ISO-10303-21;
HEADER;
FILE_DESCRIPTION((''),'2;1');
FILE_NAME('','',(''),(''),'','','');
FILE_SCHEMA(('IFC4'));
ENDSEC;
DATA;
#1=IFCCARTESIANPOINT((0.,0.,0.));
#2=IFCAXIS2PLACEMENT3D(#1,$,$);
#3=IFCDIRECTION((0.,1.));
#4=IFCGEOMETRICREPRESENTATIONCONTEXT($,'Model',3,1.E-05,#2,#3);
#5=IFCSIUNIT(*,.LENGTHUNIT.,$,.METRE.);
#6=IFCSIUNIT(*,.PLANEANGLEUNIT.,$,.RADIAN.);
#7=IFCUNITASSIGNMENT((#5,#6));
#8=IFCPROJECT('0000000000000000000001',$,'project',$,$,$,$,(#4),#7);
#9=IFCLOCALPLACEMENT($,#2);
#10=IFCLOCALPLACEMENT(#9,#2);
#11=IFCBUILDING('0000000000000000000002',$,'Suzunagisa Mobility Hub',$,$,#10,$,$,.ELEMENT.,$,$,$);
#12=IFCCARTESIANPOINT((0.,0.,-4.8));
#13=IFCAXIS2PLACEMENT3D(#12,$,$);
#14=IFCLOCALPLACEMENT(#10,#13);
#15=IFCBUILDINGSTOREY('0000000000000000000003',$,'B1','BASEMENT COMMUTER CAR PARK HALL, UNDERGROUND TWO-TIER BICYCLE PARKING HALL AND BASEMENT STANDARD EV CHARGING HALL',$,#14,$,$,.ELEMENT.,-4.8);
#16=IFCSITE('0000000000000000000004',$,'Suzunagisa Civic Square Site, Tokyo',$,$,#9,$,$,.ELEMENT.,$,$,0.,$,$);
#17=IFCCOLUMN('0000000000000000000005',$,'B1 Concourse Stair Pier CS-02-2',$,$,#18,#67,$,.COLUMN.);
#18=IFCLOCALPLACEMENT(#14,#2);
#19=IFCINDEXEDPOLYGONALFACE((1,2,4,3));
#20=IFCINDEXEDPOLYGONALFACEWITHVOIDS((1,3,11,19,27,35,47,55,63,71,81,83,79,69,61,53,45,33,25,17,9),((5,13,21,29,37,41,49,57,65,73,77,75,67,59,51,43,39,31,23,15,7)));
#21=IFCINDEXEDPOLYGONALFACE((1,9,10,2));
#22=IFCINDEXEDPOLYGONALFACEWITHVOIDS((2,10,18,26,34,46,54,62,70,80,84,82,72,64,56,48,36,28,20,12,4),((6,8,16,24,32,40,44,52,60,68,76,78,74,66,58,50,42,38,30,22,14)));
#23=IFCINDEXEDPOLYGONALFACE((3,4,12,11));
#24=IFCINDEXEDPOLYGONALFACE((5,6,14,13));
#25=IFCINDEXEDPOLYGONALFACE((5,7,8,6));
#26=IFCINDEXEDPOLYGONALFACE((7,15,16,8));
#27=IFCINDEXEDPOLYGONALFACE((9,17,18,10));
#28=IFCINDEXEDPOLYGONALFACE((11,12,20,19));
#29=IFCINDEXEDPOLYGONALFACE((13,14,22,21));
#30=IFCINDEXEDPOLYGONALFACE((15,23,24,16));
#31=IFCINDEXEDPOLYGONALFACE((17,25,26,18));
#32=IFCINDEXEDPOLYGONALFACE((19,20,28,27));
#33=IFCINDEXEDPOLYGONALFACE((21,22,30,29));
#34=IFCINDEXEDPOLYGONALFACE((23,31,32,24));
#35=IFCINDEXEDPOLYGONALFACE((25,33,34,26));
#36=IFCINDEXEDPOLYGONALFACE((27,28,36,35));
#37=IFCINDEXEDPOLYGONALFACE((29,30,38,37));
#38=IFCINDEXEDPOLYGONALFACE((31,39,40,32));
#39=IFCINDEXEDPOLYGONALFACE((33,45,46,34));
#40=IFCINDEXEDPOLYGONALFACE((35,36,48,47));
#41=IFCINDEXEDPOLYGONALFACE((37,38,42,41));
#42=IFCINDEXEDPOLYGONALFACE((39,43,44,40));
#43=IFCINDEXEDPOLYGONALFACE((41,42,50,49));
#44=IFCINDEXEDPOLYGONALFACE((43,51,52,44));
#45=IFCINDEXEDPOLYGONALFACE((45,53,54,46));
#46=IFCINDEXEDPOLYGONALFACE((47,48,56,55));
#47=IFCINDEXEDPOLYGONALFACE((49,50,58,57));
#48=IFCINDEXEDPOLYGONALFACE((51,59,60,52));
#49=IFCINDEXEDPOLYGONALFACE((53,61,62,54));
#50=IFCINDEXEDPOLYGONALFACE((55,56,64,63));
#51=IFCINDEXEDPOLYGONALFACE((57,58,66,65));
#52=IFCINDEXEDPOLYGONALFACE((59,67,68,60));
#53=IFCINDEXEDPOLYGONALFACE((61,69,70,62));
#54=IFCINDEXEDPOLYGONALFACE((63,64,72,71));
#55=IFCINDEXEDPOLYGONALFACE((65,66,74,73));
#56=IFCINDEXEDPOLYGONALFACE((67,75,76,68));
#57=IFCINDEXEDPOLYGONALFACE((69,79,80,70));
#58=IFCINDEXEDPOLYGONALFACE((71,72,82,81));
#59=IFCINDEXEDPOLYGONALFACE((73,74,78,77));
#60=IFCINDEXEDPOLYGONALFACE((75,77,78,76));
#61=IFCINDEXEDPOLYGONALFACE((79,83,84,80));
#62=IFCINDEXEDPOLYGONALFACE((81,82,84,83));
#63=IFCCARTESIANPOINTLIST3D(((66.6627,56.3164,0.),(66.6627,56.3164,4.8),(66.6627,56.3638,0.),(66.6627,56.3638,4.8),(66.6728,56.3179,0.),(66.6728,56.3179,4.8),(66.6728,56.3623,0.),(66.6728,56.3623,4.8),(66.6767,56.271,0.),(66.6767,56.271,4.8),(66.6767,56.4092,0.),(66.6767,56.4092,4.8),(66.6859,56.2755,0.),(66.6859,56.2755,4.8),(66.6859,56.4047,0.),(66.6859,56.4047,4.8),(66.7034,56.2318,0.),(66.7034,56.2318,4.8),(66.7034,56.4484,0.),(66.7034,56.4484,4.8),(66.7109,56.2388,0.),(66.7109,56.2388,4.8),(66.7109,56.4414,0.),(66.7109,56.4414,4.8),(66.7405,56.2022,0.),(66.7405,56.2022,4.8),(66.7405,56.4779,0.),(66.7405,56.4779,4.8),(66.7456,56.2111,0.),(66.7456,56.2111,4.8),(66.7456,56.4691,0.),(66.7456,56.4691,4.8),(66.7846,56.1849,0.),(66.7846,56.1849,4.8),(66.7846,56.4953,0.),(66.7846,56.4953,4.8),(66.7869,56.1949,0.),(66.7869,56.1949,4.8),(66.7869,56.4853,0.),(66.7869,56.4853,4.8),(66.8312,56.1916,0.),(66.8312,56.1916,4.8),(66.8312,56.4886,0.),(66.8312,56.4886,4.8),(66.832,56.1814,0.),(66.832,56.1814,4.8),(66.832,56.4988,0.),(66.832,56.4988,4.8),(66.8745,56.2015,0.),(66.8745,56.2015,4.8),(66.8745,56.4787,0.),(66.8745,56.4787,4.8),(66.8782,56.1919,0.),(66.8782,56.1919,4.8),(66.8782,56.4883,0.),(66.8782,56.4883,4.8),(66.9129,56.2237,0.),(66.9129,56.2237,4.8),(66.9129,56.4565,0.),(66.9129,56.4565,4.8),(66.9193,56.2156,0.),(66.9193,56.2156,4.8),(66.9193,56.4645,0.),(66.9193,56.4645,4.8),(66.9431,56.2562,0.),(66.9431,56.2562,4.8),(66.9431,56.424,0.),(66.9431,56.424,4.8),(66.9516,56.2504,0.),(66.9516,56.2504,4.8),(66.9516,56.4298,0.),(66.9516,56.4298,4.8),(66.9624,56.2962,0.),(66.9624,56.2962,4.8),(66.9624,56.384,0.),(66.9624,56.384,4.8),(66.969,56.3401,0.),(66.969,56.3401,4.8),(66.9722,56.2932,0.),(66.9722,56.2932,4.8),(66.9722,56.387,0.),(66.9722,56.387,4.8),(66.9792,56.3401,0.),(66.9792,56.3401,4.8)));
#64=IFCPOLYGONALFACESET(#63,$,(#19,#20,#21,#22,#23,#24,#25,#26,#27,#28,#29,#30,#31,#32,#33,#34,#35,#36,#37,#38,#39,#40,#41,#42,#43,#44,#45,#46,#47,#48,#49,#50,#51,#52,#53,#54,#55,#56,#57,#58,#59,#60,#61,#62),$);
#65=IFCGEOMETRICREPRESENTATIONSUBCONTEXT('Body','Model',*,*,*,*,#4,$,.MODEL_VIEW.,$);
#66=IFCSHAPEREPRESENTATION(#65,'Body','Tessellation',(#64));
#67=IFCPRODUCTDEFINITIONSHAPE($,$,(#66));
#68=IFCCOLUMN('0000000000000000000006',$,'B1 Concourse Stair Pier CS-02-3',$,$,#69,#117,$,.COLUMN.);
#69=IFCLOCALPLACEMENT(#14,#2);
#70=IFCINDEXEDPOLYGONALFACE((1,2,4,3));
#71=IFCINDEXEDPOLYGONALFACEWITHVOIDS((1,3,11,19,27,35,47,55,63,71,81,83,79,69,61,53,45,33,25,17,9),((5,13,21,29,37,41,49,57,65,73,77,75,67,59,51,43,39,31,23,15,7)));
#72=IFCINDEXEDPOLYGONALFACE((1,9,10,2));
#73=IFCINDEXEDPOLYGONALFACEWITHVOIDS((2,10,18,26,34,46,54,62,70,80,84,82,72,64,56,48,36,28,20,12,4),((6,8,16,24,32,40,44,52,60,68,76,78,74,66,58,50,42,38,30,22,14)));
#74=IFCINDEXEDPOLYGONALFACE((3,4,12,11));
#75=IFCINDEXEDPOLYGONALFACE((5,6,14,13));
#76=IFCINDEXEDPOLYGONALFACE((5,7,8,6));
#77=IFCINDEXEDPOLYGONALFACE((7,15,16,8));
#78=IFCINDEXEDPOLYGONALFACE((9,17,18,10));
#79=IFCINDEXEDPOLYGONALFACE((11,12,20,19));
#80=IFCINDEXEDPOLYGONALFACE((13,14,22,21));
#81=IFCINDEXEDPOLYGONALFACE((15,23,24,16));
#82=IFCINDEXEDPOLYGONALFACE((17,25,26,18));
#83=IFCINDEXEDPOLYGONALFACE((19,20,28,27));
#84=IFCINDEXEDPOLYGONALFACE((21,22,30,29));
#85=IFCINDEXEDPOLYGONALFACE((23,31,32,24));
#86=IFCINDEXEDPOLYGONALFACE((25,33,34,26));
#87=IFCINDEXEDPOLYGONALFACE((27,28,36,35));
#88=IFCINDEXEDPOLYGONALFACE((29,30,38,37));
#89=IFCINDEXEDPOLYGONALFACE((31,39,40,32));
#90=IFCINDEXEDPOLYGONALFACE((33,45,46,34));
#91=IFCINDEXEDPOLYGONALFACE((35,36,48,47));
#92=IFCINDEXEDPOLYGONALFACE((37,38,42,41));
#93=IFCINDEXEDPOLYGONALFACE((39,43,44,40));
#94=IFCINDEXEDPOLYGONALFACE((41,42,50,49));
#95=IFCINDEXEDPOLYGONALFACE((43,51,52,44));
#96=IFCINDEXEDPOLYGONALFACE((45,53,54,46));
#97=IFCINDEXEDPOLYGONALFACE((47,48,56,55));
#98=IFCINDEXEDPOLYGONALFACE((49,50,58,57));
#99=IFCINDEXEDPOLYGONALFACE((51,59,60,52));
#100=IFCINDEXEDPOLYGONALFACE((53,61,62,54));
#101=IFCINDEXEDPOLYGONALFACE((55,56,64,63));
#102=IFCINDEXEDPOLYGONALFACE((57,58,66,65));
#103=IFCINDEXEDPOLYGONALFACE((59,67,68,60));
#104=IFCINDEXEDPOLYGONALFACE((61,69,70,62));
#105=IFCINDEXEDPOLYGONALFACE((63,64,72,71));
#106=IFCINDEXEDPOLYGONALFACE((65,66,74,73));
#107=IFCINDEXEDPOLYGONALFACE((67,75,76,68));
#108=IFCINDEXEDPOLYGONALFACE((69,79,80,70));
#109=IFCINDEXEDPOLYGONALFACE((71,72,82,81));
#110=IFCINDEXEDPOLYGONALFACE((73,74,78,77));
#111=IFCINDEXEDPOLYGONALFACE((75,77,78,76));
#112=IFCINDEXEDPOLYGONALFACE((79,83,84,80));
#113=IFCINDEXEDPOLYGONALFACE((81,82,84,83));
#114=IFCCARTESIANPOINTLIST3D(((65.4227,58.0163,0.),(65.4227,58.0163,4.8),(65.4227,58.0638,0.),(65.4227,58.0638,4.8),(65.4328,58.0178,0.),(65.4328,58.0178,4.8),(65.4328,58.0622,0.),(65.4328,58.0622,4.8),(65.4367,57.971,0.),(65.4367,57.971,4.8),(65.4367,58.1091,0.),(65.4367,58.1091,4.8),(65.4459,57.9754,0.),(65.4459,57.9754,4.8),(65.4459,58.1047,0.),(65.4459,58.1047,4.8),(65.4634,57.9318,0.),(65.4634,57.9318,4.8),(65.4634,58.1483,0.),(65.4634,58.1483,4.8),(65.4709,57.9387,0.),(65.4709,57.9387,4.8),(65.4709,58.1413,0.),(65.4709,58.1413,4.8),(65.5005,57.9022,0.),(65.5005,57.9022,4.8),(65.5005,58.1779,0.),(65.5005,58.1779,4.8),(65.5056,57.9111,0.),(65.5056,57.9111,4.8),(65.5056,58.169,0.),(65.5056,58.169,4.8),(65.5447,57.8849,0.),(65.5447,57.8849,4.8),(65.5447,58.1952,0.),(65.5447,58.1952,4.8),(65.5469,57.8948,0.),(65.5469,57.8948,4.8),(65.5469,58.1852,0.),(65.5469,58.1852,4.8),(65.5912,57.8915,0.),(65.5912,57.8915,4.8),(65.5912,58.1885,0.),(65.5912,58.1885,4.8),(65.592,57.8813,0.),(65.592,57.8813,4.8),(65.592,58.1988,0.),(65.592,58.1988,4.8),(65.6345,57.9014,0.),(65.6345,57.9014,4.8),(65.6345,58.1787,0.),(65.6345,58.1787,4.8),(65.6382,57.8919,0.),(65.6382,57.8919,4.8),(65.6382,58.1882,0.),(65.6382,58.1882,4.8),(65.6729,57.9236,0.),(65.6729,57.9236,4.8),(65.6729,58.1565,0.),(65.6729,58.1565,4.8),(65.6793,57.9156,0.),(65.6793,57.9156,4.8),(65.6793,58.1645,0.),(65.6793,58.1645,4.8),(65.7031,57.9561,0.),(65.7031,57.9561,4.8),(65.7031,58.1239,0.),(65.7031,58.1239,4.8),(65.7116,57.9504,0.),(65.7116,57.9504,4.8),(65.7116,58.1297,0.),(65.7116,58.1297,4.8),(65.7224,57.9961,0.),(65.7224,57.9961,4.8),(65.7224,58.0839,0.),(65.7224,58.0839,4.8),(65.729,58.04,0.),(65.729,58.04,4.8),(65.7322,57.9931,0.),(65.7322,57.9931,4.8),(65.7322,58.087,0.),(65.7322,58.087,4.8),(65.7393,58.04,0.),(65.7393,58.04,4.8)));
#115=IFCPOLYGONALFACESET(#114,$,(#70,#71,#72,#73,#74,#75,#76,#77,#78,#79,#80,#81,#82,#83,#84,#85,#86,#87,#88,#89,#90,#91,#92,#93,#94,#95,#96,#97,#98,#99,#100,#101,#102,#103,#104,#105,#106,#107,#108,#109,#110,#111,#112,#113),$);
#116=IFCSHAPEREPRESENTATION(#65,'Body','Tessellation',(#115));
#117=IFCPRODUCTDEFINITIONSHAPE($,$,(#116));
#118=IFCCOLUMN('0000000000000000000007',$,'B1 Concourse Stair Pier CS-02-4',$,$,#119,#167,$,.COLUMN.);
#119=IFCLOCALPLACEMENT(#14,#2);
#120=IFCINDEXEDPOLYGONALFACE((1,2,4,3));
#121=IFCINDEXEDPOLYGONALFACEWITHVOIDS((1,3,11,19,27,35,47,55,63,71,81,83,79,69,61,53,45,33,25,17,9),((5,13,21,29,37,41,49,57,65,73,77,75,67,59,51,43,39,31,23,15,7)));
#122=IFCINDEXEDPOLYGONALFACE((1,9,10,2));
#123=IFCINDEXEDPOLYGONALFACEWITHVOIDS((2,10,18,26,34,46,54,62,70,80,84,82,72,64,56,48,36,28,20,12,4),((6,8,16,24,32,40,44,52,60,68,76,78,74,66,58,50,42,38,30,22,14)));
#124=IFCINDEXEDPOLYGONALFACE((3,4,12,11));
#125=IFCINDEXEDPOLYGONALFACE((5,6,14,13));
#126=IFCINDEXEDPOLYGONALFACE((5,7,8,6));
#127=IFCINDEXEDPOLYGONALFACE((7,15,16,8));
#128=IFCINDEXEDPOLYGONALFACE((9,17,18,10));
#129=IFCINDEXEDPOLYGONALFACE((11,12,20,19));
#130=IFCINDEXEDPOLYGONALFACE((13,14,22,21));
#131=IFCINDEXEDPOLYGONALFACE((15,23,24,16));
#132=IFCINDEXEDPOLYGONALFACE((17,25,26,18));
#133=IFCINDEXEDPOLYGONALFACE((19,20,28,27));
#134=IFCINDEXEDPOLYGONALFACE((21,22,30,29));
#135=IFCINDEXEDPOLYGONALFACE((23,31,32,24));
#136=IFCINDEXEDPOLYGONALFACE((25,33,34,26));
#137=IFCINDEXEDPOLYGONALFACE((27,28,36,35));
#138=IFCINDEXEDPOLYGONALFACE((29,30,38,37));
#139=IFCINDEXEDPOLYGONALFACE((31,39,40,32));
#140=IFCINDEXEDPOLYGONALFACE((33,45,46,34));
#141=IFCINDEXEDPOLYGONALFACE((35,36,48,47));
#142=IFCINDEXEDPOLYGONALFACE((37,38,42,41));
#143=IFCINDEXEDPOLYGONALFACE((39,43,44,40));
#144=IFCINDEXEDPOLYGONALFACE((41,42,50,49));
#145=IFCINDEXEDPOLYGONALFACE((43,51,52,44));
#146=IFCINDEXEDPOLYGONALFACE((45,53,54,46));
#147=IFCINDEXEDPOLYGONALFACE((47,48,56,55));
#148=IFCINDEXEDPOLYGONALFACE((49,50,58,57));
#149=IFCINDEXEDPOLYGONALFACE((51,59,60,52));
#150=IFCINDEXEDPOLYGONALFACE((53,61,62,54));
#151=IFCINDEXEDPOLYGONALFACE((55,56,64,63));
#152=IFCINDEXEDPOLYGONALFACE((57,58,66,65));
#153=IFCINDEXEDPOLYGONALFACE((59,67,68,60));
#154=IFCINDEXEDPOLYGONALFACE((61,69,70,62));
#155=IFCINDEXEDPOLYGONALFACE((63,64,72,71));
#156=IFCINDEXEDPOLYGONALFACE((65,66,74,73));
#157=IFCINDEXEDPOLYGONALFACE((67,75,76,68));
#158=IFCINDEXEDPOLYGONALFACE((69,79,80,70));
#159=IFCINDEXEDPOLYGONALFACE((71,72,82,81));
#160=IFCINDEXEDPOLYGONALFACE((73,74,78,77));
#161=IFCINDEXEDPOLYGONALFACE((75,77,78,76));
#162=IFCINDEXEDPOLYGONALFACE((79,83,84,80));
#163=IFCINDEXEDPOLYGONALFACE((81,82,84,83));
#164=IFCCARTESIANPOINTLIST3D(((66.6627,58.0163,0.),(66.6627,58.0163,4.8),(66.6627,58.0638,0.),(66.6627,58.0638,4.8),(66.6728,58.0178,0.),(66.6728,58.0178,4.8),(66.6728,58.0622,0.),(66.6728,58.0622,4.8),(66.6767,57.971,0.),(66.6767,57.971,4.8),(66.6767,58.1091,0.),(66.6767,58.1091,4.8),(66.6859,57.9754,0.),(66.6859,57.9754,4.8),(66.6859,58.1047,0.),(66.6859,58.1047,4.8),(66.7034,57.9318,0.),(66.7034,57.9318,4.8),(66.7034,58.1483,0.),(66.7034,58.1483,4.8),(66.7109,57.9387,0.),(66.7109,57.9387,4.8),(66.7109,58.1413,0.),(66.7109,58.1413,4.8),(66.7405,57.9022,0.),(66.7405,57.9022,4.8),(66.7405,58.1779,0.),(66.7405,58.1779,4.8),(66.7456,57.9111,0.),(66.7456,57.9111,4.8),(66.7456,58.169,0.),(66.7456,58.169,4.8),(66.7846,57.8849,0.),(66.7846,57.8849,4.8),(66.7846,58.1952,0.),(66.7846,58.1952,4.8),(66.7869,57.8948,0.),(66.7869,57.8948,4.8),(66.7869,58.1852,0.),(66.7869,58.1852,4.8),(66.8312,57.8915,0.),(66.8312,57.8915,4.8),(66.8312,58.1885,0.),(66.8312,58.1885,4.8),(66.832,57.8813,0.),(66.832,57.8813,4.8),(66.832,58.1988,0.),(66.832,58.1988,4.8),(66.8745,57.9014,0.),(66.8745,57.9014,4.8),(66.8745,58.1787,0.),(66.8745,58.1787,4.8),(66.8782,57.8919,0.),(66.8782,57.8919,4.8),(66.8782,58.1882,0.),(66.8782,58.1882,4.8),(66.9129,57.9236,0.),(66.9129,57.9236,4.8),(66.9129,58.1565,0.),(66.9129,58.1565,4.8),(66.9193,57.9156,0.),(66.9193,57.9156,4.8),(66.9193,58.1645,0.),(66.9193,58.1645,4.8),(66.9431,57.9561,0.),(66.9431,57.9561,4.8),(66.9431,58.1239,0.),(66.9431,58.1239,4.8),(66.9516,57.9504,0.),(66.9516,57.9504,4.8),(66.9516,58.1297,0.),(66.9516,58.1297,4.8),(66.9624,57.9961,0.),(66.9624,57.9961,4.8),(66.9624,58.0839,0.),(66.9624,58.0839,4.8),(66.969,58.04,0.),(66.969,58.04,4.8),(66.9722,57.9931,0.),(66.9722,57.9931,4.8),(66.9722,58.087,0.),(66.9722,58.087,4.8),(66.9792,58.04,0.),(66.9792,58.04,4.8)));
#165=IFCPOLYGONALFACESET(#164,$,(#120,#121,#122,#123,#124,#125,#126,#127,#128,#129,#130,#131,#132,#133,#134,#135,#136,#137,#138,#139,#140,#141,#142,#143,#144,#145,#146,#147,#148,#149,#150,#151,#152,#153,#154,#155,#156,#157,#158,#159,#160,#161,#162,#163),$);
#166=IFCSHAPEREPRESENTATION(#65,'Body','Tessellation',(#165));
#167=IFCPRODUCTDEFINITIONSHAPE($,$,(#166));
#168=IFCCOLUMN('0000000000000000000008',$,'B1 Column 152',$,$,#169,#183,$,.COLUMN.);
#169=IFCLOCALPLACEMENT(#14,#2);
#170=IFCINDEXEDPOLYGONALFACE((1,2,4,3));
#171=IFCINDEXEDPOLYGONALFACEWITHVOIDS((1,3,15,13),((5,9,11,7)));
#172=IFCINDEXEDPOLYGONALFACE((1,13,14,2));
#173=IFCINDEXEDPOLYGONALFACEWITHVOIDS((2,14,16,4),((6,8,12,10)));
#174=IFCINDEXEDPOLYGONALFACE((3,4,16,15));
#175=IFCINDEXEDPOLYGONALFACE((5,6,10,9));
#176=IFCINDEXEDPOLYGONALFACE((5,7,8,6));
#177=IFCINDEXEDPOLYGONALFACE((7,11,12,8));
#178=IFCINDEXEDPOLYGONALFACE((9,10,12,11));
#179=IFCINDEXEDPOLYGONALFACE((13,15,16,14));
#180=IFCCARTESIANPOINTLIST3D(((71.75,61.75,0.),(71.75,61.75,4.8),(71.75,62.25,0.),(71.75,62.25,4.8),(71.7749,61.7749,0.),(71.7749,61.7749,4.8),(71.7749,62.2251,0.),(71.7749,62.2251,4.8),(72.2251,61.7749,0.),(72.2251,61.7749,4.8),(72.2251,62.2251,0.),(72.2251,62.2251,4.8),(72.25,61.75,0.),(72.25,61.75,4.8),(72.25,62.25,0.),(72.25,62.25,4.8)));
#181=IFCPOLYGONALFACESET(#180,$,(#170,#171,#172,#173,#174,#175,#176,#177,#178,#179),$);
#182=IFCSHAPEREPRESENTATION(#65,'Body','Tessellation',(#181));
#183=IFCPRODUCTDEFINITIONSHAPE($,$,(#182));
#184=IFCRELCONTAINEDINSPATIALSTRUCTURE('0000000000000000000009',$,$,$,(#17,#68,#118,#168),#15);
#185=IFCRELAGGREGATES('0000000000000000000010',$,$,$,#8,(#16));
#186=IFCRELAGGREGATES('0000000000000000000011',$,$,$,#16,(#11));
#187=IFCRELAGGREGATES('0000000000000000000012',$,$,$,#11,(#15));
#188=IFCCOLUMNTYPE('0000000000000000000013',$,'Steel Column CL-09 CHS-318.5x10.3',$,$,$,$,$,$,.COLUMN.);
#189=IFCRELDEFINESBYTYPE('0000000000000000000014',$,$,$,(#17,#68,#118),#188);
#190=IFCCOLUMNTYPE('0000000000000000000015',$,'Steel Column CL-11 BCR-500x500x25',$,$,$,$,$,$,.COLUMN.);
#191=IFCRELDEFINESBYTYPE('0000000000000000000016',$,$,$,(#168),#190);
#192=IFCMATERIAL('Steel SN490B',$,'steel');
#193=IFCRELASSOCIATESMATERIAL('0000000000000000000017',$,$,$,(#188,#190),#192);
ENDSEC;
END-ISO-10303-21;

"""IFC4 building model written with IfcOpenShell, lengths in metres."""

from ifc_helpers import new_model, si_unit, direction, frame, origin, origin_2d, place, context, subcontext, project, spatial, hollow_rectangle, hollow_circle, extrude, material, material_profile, profile_set, type_object, element, save


model = new_model("IFC4")

# Units and contexts
model_context = context("Model", 3, precision=1e-05, world=origin(), true_north=direction((0.0, 1.0)))
body_context = subcontext(model_context, "Body", "Model", "MODEL_VIEW")
ifc_project = project(units=[si_unit("LENGTHUNIT", "METRE"), si_unit("PLANEANGLEUNIT", "RADIAN")], contexts=[model_context])

# Site, building, storey
site_placement = place(None, origin())
site = spatial("IfcSite", under=ifc_project, at=site_placement, Name="Suzunagisa Civic Square Site, Tokyo", CompositionType="ELEMENT", RefElevation=0.0)
building_placement = place(site_placement, origin())
building = spatial("IfcBuilding", under=site, at=building_placement, Name="Suzunagisa Mobility Hub", CompositionType="ELEMENT")
storey_placement = place(building_placement, frame((0.0, 0.0, -4.8)))
storey = spatial("IfcBuildingStorey", under=building, at=storey_placement, Name="B1", Description="BASEMENT COMMUTER CAR PARK HALL, UNDERGROUND TWO-TIER BICYCLE PARKING HALL AND BASEMENT STANDARD EV CHARGING HALL", CompositionType="ELEMENT", Elevation=-4.8)

# Columns
ifc_material_1 = material(Name="Steel SN490B", Category="steel")
ifc_material_profile_1 = material_profile(ifc_material_1, hollow_circle(Radius=0.1592, WallThickness=0.0103, at=origin_2d()), Name="CHS-318.5x10.3")
ifc_profile_set_1 = profile_set([ifc_material_profile_1], Name="Steel SN490B")
column_type_1 = type_object("IfcColumnType", Name="Steel Column CL-09 CHS-318.5x10.3", PredefinedType="COLUMN", material=ifc_profile_set_1)
for number, where, z_axis, x_axis, name in (
    (1, (66.8201, 56.3401, 0.0), (0.0, 0.0, 1.0), (1.0, 0.0, 0.0), "B1 Concourse Stair Pier CS-02-2"),
    (2, (65.5801, 58.04, 0.0), (0.0, 0.0, 1.0), (1.0, 0.0, 0.0), "B1 Concourse Stair Pier CS-02-3"),
    (3, (66.8201, 58.04, 0.0), (0.0, 0.0, 1.0), (1.0, 0.0, 0.0), "B1 Concourse Stair Pier CS-02-4"),
):
    element("IfcColumn", number, at=place(storey_placement, frame(where, z_axis=z_axis, x_axis=x_axis)), inside=storey, type_object=column_type_1, Name=name, PredefinedType="COLUMN", context=body_context, shape_type="SweptSolid", body=[
        extrude(hollow_circle(Radius=0.1592, WallThickness=0.0103, at=origin_2d()), origin(), (0.0, 0.0, 1.0), 4.8),
    ])
ifc_material_profile_2 = material_profile(ifc_material_1, hollow_rectangle(XDim=0.5, YDim=0.5, WallThickness=0.0249, at=origin_2d()), Name="BCR-500x500x25")
ifc_profile_set_2 = profile_set([ifc_material_profile_2], Name="Steel SN490B")
column_type_2 = type_object("IfcColumnType", Name="Steel Column CL-11 BCR-500x500x25", PredefinedType="COLUMN", material=ifc_profile_set_2)
column_1_placement = place(storey_placement, frame((72.0, 62.0, 0.0), z_axis=(0.0, 0.0, 1.0), x_axis=(1.0, 0.0, 0.0)))
element("IfcColumn", 4, at=column_1_placement, inside=storey, type_object=column_type_2, Name="B1 Column 152", PredefinedType="COLUMN", context=body_context, shape_type="SweptSolid", body=[
    extrude(hollow_rectangle(XDim=0.5, YDim=0.5, WallThickness=0.0249, at=origin_2d()), origin(), (0.0, 0.0, 1.0), 4.8),
])

save(model, "model.ifc")
